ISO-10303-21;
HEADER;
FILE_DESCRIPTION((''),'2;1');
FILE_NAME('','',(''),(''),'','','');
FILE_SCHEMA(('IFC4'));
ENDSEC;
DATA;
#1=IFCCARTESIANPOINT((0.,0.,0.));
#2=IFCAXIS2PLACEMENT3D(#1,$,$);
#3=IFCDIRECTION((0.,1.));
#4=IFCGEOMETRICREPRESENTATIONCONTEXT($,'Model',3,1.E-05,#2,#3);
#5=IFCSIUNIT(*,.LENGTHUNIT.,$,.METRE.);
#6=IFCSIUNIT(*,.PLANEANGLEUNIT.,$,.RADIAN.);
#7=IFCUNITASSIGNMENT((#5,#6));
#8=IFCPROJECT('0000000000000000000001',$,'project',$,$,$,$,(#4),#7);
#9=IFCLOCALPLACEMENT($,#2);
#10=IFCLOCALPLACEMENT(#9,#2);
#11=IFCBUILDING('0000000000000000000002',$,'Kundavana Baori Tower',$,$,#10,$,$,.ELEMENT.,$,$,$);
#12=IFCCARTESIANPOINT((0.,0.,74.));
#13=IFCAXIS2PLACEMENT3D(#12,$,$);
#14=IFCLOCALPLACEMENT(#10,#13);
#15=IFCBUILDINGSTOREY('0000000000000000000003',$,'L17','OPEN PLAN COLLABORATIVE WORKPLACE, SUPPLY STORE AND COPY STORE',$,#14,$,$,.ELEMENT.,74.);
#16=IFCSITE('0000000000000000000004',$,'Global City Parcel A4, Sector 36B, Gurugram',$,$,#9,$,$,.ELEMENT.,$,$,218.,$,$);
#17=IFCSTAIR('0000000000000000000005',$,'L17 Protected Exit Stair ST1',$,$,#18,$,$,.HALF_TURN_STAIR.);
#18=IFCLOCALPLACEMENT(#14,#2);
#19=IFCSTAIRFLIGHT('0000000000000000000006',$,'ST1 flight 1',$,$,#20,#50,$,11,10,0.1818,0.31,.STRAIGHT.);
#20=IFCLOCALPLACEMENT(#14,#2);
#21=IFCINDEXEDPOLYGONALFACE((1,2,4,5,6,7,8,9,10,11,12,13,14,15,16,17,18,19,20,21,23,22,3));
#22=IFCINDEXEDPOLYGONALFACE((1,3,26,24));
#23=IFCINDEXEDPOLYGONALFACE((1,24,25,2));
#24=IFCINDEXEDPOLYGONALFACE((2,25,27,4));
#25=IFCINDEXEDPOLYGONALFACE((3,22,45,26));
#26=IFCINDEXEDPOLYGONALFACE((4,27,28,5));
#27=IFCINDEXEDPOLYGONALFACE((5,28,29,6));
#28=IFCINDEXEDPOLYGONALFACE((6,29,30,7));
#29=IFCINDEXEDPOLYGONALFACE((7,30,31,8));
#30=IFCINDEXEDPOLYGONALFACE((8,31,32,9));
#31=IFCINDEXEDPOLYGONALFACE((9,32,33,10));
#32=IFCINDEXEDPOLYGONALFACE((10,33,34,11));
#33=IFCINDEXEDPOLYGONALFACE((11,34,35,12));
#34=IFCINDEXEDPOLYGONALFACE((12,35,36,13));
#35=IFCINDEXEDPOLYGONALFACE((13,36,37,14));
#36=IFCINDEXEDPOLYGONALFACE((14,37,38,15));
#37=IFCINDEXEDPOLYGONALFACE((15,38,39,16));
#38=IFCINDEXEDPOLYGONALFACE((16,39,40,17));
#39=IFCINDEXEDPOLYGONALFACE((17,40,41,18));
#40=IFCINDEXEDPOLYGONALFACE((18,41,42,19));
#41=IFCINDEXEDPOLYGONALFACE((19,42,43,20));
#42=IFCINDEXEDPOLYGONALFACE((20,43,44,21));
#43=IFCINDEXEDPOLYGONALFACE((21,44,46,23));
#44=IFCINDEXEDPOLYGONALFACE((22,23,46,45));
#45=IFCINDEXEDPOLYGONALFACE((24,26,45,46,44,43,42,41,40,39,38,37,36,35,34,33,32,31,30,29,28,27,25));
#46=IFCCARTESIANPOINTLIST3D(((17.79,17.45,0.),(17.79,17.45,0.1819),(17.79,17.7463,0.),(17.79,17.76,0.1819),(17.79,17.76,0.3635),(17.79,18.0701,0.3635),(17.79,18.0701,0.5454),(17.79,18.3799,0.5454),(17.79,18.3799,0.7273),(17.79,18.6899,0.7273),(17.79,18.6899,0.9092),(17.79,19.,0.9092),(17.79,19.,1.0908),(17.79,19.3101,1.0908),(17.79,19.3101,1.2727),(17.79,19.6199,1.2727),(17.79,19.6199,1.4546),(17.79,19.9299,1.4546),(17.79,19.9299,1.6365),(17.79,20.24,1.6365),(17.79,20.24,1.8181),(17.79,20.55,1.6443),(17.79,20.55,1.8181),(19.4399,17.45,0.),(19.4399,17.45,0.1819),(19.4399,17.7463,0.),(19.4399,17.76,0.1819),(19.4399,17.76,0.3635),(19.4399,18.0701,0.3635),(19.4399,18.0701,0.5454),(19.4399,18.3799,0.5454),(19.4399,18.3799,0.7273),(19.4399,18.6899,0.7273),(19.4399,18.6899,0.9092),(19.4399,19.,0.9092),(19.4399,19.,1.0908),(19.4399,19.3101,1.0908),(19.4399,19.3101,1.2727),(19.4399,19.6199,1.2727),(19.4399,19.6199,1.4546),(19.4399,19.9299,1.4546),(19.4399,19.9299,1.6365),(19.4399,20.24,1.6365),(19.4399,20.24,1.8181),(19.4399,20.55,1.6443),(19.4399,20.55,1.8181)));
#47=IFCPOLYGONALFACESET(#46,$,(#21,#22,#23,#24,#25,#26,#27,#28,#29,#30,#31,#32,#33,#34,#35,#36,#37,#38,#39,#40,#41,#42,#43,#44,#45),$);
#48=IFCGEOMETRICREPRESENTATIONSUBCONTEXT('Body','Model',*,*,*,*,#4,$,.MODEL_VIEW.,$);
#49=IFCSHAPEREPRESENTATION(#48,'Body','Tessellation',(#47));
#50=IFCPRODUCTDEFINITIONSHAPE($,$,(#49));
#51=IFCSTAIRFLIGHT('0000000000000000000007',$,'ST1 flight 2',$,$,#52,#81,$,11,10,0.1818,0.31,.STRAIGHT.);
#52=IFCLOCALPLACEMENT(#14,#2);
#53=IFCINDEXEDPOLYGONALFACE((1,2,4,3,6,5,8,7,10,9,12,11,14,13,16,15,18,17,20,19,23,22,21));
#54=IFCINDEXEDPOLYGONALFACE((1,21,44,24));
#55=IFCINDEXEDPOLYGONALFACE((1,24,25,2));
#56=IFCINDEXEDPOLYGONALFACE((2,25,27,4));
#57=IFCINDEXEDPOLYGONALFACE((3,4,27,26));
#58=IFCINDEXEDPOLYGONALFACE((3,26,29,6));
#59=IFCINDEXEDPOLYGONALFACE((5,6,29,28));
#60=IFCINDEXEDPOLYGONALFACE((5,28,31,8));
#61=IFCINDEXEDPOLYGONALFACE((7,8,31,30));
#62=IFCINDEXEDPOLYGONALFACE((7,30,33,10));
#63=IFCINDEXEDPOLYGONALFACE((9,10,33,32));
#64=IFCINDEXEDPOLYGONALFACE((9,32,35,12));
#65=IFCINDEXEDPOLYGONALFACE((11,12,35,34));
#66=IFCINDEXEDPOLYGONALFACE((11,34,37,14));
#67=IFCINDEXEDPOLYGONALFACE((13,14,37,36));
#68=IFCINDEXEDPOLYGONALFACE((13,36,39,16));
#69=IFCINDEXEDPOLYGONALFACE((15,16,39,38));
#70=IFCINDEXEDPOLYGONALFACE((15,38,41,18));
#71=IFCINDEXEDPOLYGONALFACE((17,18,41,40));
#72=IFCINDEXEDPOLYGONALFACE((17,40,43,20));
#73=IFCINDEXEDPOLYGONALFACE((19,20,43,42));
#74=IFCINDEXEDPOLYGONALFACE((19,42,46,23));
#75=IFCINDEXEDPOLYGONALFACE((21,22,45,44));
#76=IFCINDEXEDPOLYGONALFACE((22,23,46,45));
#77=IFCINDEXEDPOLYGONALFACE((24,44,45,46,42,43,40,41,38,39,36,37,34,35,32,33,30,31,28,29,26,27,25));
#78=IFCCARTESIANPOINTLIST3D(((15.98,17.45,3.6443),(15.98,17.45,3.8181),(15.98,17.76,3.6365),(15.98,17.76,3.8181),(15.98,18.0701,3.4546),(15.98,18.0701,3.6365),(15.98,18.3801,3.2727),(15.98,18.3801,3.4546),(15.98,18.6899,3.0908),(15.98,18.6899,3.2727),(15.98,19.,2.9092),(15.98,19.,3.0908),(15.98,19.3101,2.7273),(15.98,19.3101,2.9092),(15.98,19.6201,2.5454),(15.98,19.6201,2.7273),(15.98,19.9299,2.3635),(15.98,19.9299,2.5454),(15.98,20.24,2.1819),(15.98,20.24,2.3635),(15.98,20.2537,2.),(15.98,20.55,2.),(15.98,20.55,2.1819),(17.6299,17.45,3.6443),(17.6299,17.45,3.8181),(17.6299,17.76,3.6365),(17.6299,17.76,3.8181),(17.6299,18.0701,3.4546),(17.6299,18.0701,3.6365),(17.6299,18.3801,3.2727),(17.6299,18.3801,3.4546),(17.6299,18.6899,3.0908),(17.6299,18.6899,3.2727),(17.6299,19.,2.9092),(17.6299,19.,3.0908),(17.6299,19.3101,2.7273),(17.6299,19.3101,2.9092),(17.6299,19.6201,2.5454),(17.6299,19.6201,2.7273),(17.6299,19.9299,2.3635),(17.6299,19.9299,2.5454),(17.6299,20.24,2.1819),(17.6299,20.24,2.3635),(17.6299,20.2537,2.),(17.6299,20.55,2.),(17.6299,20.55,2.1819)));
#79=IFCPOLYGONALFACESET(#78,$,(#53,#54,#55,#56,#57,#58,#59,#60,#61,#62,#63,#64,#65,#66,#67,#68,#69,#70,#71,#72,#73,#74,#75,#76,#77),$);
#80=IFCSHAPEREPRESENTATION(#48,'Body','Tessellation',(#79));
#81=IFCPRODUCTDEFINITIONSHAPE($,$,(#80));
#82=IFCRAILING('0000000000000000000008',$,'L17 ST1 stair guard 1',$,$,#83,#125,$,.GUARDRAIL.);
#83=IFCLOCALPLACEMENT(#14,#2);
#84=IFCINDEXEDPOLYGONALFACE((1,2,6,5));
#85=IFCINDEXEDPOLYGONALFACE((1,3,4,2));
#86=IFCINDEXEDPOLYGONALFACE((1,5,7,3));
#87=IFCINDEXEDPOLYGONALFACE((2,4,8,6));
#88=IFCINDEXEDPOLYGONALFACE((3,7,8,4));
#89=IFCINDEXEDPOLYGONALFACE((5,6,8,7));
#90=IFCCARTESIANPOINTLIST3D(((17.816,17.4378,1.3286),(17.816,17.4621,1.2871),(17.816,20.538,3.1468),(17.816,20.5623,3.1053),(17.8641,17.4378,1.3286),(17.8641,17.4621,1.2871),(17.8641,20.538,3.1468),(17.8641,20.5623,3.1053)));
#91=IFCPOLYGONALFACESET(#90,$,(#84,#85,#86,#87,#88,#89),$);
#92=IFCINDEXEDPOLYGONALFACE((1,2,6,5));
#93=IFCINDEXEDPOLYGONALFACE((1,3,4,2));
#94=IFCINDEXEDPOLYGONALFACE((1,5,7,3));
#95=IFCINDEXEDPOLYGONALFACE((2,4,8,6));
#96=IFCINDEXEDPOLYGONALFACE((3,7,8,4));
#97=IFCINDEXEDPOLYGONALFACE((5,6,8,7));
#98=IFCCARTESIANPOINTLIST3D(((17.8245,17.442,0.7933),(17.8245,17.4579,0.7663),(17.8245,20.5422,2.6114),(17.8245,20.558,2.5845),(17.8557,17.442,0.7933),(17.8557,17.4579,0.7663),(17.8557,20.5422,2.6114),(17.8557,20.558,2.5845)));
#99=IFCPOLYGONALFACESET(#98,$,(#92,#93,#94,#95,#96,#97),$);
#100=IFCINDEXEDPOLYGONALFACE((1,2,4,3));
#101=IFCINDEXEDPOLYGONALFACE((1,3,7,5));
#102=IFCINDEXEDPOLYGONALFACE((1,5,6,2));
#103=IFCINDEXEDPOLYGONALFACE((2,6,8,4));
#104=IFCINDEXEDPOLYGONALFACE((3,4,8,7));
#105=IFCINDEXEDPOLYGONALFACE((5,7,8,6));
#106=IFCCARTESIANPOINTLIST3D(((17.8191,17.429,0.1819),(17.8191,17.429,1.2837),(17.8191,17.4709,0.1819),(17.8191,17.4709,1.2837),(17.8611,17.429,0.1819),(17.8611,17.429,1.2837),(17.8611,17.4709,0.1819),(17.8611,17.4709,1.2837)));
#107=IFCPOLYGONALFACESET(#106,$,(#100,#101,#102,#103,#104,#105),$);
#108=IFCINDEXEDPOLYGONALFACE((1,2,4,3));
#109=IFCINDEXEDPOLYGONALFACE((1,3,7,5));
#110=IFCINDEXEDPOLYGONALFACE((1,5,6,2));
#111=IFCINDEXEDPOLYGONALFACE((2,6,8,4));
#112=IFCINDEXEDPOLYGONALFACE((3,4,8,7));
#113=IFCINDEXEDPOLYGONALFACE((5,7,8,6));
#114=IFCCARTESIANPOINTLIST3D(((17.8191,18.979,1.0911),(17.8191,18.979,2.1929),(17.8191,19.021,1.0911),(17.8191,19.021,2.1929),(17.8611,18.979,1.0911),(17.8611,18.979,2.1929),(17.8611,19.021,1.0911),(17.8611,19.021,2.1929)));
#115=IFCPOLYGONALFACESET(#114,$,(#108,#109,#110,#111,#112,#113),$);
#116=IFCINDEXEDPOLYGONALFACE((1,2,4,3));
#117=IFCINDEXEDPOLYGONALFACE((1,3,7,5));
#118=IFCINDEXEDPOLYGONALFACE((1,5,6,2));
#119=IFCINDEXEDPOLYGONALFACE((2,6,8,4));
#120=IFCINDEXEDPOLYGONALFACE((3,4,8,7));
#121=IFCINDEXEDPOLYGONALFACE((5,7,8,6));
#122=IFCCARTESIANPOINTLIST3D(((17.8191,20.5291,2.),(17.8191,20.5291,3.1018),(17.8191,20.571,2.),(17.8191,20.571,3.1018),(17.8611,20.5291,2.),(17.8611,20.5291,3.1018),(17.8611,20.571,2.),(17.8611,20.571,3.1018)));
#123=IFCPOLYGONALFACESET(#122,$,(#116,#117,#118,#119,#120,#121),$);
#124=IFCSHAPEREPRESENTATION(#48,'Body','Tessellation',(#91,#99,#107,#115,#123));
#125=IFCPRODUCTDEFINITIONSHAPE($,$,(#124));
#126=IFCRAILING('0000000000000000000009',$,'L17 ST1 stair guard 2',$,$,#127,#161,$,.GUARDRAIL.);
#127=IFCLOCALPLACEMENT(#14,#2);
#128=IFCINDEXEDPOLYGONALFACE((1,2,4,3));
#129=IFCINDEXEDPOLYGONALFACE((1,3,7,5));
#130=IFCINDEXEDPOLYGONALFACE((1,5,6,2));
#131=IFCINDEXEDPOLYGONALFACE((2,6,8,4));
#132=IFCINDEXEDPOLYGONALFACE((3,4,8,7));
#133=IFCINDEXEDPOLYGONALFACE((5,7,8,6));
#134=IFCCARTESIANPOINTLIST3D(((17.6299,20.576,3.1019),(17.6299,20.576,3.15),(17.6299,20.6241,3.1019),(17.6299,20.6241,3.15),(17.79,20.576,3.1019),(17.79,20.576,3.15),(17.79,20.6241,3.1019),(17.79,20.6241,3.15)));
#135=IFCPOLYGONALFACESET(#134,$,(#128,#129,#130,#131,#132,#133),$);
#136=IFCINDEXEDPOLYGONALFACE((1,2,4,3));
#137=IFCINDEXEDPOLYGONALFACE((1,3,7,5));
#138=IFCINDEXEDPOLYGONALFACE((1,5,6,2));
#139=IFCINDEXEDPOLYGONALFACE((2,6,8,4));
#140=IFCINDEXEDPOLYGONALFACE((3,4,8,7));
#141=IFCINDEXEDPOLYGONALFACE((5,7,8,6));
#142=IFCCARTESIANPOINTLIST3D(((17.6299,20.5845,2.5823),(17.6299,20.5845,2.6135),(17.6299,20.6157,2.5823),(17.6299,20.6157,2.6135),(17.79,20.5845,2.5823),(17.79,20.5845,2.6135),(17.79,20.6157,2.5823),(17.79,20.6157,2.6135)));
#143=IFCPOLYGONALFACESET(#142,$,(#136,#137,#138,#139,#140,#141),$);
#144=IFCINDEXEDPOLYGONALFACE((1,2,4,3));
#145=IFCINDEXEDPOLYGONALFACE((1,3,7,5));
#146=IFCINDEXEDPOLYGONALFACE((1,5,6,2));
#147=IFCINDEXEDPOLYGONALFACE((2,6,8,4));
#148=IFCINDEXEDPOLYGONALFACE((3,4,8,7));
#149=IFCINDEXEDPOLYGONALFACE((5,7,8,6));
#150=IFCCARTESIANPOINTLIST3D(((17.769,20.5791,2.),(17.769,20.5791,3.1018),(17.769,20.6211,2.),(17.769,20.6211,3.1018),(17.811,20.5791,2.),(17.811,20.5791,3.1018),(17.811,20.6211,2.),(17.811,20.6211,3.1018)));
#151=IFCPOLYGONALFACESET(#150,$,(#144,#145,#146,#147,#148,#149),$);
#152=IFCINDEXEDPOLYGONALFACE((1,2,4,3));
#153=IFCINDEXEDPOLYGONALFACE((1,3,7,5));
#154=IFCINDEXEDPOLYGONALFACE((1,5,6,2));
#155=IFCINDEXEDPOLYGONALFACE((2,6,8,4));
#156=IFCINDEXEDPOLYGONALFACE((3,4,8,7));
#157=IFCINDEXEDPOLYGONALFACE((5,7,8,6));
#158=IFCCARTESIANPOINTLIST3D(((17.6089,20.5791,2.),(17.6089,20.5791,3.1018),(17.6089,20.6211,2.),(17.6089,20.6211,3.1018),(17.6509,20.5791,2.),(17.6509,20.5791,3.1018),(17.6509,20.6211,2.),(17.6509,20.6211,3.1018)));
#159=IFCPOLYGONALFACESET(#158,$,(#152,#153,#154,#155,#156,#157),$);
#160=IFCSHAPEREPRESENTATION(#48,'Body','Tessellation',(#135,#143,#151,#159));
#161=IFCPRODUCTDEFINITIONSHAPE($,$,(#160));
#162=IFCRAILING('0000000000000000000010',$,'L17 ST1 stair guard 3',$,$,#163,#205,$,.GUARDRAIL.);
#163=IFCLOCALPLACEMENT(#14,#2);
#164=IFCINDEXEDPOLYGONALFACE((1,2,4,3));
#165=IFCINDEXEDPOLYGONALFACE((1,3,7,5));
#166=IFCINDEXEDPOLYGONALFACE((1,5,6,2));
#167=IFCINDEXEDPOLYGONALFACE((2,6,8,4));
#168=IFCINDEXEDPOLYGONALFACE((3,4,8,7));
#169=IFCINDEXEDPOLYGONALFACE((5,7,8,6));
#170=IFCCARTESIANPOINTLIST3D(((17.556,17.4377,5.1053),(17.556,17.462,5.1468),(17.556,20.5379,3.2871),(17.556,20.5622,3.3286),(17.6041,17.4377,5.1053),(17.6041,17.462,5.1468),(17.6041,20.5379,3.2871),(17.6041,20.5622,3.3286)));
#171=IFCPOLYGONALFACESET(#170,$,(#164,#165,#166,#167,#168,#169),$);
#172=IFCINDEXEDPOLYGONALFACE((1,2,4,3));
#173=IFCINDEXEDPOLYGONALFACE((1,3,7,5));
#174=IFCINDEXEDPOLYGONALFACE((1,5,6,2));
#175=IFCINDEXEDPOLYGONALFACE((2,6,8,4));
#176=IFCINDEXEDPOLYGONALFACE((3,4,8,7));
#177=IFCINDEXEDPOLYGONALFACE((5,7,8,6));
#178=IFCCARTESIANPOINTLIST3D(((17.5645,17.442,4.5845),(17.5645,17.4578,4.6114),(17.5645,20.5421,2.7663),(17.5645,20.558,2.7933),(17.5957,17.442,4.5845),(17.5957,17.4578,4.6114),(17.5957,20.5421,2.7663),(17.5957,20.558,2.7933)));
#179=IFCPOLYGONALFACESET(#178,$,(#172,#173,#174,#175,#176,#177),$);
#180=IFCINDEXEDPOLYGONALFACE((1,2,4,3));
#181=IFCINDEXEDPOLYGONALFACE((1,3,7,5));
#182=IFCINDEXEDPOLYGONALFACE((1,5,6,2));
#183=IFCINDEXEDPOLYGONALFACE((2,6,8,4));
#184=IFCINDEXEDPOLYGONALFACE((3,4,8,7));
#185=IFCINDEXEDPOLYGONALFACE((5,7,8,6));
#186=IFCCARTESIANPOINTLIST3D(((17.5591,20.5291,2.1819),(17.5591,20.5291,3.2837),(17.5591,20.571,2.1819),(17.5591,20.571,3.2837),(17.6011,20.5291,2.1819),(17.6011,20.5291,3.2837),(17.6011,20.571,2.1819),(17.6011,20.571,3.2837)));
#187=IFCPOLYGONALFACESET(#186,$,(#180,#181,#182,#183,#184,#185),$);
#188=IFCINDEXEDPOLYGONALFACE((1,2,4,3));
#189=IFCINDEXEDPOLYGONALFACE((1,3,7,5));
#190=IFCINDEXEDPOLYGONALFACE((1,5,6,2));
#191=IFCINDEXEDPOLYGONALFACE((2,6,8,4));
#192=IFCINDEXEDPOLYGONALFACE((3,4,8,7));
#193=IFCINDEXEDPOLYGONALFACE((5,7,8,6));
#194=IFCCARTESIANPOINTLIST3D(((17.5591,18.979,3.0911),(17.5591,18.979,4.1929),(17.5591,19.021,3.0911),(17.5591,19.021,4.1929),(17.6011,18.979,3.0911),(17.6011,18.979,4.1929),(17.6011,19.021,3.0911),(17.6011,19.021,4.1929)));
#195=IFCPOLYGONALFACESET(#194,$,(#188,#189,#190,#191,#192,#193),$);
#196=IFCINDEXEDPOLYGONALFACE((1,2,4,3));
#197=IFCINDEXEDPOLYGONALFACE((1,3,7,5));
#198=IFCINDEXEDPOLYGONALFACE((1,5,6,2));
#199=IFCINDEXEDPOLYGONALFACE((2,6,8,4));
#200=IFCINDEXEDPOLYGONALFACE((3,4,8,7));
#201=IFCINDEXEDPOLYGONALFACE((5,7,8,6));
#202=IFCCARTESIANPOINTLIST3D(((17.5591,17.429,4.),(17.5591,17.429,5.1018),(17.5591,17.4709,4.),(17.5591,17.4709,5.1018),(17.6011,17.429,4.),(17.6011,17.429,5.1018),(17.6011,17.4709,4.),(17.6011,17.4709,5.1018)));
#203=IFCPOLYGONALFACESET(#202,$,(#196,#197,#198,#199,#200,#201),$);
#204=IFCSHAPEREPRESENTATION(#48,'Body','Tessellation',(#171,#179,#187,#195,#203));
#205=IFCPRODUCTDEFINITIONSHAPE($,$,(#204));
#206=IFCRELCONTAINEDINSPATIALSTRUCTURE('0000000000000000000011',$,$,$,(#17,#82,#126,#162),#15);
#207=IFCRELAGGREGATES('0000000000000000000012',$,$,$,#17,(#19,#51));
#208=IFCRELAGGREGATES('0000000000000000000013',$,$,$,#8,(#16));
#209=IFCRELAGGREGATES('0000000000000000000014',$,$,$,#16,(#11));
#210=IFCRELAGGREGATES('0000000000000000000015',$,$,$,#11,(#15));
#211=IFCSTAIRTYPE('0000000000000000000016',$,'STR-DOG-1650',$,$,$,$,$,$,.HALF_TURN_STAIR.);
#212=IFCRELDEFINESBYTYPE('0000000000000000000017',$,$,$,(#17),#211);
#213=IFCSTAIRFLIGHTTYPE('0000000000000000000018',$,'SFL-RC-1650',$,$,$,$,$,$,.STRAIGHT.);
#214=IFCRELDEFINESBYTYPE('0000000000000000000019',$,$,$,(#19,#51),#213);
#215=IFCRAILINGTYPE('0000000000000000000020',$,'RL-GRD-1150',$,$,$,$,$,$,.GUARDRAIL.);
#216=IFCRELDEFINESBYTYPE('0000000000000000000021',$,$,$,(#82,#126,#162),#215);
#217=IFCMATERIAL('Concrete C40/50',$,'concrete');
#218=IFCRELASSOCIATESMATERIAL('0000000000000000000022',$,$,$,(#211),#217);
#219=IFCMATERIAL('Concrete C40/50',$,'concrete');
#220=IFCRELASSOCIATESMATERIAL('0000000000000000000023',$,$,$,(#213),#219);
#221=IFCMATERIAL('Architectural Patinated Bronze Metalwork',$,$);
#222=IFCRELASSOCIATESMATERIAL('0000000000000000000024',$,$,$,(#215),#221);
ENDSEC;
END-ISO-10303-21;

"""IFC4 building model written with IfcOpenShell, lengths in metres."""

from ifc_helpers import new_model, si_unit, direction, frame, origin, origin_2d, place, context, subcontext, project, spatial, polyline, rectangle, outline, extrude, material, type_object, element, aggregate, save


model = new_model("IFC4")

# Units and contexts
model_context = context("Model", 3, precision=1e-05, world=origin(), true_north=direction((0.0, 1.0)))
body_context = subcontext(model_context, "Body", "Model", "MODEL_VIEW")
ifc_project = project(units=[si_unit("LENGTHUNIT", "METRE"), si_unit("PLANEANGLEUNIT", "RADIAN")], contexts=[model_context])

# Site, building, storey
site_placement = place(None, origin())
site = spatial("IfcSite", under=ifc_project, at=site_placement, Name="Global City Parcel A4, Sector 36B, Gurugram", CompositionType="ELEMENT", RefElevation=218.0)
building_placement = place(site_placement, origin())
building = spatial("IfcBuilding", under=site, at=building_placement, Name="Kundavana Baori Tower", CompositionType="ELEMENT")
storey_placement = place(building_placement, frame((0.0, 0.0, 74.0)))
storey = spatial("IfcBuildingStorey", under=building, at=storey_placement, Name="L17", Description="OPEN PLAN COLLABORATIVE WORKPLACE, SUPPLY STORE AND COPY STORE", CompositionType="ELEMENT", Elevation=74.0)

# Stair, stair flights
ifc_material_1 = material(Name="Concrete C40/50", Category="concrete")
stair_type = type_object("IfcStairType", Name="STR-DOG-1650", PredefinedType="HALF_TURN_STAIR", material=ifc_material_1)
stair_placement = place(storey_placement, origin())
stair = element("IfcStair", 1, at=stair_placement, inside=storey, type_object=stair_type, Name="L17 Protected Exit Stair ST1", PredefinedType="HALF_TURN_STAIR")
ifc_material_2 = material(Name="Concrete C40/50", Category="concrete")
stair_flight_type = type_object("IfcStairFlightType", Name="SFL-RC-1650", PredefinedType="STRAIGHT", material=ifc_material_2)
stair_flight_1_placement = place(storey_placement, frame((18.615, 17.45, 0.0), z_axis=(0.0, 0.0, 1.0), x_axis=(0.0, 1.0, 0.0)))
stair_flight_1 = element("IfcStairFlight", 2, at=stair_flight_1_placement, type_object=stair_flight_type, Name="ST1 flight 1", NumberOfRisers=11, NumberOfTreads=10, PredefinedType="STRAIGHT", RiserHeight=0.1818, TreadLength=0.31, context=body_context, shape_type="SweptSolid", body=[
    extrude(outline(polyline([(0.0, 0.0), (0.0, 0.1819), (0.3101, 0.1819), (0.3101, 0.3635), (0.6201, 0.3635), (0.6201, 0.5454), (0.9299, 0.5454), (0.9299, 0.7273), (1.24, 0.7273), (1.24, 0.9092), (1.55, 0.9092), (1.55, 1.0908), (1.8601, 1.0908), (1.8601, 1.2727), (2.1699, 1.2727), (2.1699, 1.4546), (2.48, 1.4546), (2.48, 1.6365), (2.79, 1.6365), (2.79, 1.8181), (3.1001, 1.8181), (3.1001, 2.0), (3.1001, 1.6443), (0.2964, 0.0), (0.0, 0.0)])), frame((0.0, 0.825, 0.0), z_axis=(0.0, -1.0, 0.0), x_axis=(1.0, 0.0, 0.0)), (0.0, 0.0, 1.0), 1.6499),
])
stair_flight_2_placement = place(storey_placement, frame((16.8049, 20.55, 2.0), z_axis=(0.0, 0.0, 1.0), x_axis=(0.0, -1.0, 0.0)))
stair_flight_2 = element("IfcStairFlight", 3, at=stair_flight_2_placement, type_object=stair_flight_type, Name="ST1 flight 2", NumberOfRisers=11, NumberOfTreads=10, PredefinedType="STRAIGHT", RiserHeight=0.1818, TreadLength=0.31, context=body_context, shape_type="SweptSolid", body=[
    extrude(outline(polyline([(0.0, 0.0), (0.0, 0.1819), (0.3101, 0.1819), (0.3101, 0.3635), (0.6201, 0.3635), (0.6201, 0.5454), (0.9299, 0.5454), (0.9299, 0.7273), (1.24, 0.7273), (1.24, 0.9092), (1.55, 0.9092), (1.55, 1.0908), (1.8601, 1.0908), (1.8601, 1.2727), (2.1699, 1.2727), (2.1699, 1.4546), (2.48, 1.4546), (2.48, 1.6365), (2.79, 1.6365), (2.79, 1.8181), (3.1001, 1.8181), (3.1001, 2.0), (3.1001, 1.6443), (0.2964, 0.0), (0.0, 0.0)])), frame((0.0, 0.825, 0.0), z_axis=(0.0, -1.0, 0.0), x_axis=(1.0, 0.0, 0.0)), (0.0, 0.0, 1.0), 1.6499),
])
aggregate(stair, [stair_flight_1, stair_flight_2])

# Railings
ifc_material_3 = material(Name="Architectural Patinated Bronze Metalwork")
railing_type_1 = type_object("IfcRailingType", Name="RL-GRD-1150", PredefinedType="GUARDRAIL", material=ifc_material_3)
railing_1_placement = place(storey_placement, frame((17.8401, 17.45, 0.1819)))
element("IfcRailing", 4, at=railing_1_placement, inside=storey, type_object=railing_type_1, Name="L17 ST1 stair guard 1", PredefinedType="GUARDRAIL", context=body_context, shape_type="SweptSolid", body=[
    extrude(rectangle(XDim=0.0481, YDim=0.0481, at=origin_2d()), frame((0.0, 0.0, 1.126), z_axis=(0.0, 0.862599, 0.505889), x_axis=(-1.0, 0.0, 0.0)), (0.0, 0.0, 1.0), 3.594),
    extrude(rectangle(XDim=0.0312, YDim=0.0312, at=origin_2d()), frame((0.0, 0.0, 0.5979), z_axis=(0.0, 0.862599, 0.505889), x_axis=(-1.0, 0.0, 0.0)), (0.0, 0.0, 1.0), 3.594),
    extrude(rectangle(XDim=0.042, YDim=0.042, at=origin_2d()), origin(), (0.0, 0.0, 1.0), 1.1018),
    extrude(rectangle(XDim=0.042, YDim=0.042, at=origin_2d()), frame((0.0, 1.55, 0.9092)), (0.0, 0.0, 1.0), 1.1018),
    extrude(rectangle(XDim=0.042, YDim=0.042, at=origin_2d()), frame((0.0, 3.1001, 1.8181)), (0.0, 0.0, 1.0), 1.1018),
])
railing_2_placement = place(storey_placement, frame((17.79, 20.6001, 2.0)))
element("IfcRailing", 5, at=railing_2_placement, inside=storey, type_object=railing_type_1, Name="L17 ST1 stair guard 2", PredefinedType="GUARDRAIL", context=body_context, shape_type="SweptSolid", body=[
    extrude(rectangle(XDim=0.0481, YDim=0.0481, at=origin_2d()), frame((0.0, 0.0, 1.126), z_axis=(-1.0, 0.0, 0.0), x_axis=(0.0, -1.0, 0.0)), (0.0, 0.0, 1.0), 0.1602),
    extrude(rectangle(XDim=0.0312, YDim=0.0312, at=origin_2d()), frame((0.0, 0.0, 0.5979), z_axis=(-1.0, 0.0, 0.0), x_axis=(0.0, -1.0, 0.0)), (0.0, 0.0, 1.0), 0.1602),
    extrude(rectangle(XDim=0.042, YDim=0.042, at=origin_2d()), origin(), (0.0, 0.0, 1.0), 1.1018),
    extrude(rectangle(XDim=0.042, YDim=0.042, at=origin_2d()), frame((-0.1602, 0.0, 0.0)), (0.0, 0.0, 1.0), 1.1018),
])
railing_3_placement = place(storey_placement, frame((17.5801, 20.55, 2.1819)))
element("IfcRailing", 6, at=railing_3_placement, inside=storey, type_object=railing_type_1, Name="L17 ST1 stair guard 3", PredefinedType="GUARDRAIL", context=body_context, shape_type="SweptSolid", body=[
    extrude(rectangle(XDim=0.0481, YDim=0.0481, at=origin_2d()), frame((0.0, 0.0, 1.126), z_axis=(0.0, -0.862599, 0.505889), x_axis=(1.0, 0.0, 0.0)), (0.0, 0.0, 1.0), 3.594),
    extrude(rectangle(XDim=0.0312, YDim=0.0312, at=origin_2d()), frame((0.0, 0.0, 0.5979), z_axis=(0.0, -0.862599, 0.505889), x_axis=(1.0, 0.0, 0.0)), (0.0, 0.0, 1.0), 3.594),
    extrude(rectangle(XDim=0.042, YDim=0.042, at=origin_2d()), origin(), (0.0, 0.0, 1.0), 1.1018),
    extrude(rectangle(XDim=0.042, YDim=0.042, at=origin_2d()), frame((0.0, -1.55, 0.9092)), (0.0, 0.0, 1.0), 1.1018),
    extrude(rectangle(XDim=0.042, YDim=0.042, at=origin_2d()), frame((0.0, -3.1001, 1.8181)), (0.0, 0.0, 1.0), 1.1018),
])

save(model, "model.ifc")
